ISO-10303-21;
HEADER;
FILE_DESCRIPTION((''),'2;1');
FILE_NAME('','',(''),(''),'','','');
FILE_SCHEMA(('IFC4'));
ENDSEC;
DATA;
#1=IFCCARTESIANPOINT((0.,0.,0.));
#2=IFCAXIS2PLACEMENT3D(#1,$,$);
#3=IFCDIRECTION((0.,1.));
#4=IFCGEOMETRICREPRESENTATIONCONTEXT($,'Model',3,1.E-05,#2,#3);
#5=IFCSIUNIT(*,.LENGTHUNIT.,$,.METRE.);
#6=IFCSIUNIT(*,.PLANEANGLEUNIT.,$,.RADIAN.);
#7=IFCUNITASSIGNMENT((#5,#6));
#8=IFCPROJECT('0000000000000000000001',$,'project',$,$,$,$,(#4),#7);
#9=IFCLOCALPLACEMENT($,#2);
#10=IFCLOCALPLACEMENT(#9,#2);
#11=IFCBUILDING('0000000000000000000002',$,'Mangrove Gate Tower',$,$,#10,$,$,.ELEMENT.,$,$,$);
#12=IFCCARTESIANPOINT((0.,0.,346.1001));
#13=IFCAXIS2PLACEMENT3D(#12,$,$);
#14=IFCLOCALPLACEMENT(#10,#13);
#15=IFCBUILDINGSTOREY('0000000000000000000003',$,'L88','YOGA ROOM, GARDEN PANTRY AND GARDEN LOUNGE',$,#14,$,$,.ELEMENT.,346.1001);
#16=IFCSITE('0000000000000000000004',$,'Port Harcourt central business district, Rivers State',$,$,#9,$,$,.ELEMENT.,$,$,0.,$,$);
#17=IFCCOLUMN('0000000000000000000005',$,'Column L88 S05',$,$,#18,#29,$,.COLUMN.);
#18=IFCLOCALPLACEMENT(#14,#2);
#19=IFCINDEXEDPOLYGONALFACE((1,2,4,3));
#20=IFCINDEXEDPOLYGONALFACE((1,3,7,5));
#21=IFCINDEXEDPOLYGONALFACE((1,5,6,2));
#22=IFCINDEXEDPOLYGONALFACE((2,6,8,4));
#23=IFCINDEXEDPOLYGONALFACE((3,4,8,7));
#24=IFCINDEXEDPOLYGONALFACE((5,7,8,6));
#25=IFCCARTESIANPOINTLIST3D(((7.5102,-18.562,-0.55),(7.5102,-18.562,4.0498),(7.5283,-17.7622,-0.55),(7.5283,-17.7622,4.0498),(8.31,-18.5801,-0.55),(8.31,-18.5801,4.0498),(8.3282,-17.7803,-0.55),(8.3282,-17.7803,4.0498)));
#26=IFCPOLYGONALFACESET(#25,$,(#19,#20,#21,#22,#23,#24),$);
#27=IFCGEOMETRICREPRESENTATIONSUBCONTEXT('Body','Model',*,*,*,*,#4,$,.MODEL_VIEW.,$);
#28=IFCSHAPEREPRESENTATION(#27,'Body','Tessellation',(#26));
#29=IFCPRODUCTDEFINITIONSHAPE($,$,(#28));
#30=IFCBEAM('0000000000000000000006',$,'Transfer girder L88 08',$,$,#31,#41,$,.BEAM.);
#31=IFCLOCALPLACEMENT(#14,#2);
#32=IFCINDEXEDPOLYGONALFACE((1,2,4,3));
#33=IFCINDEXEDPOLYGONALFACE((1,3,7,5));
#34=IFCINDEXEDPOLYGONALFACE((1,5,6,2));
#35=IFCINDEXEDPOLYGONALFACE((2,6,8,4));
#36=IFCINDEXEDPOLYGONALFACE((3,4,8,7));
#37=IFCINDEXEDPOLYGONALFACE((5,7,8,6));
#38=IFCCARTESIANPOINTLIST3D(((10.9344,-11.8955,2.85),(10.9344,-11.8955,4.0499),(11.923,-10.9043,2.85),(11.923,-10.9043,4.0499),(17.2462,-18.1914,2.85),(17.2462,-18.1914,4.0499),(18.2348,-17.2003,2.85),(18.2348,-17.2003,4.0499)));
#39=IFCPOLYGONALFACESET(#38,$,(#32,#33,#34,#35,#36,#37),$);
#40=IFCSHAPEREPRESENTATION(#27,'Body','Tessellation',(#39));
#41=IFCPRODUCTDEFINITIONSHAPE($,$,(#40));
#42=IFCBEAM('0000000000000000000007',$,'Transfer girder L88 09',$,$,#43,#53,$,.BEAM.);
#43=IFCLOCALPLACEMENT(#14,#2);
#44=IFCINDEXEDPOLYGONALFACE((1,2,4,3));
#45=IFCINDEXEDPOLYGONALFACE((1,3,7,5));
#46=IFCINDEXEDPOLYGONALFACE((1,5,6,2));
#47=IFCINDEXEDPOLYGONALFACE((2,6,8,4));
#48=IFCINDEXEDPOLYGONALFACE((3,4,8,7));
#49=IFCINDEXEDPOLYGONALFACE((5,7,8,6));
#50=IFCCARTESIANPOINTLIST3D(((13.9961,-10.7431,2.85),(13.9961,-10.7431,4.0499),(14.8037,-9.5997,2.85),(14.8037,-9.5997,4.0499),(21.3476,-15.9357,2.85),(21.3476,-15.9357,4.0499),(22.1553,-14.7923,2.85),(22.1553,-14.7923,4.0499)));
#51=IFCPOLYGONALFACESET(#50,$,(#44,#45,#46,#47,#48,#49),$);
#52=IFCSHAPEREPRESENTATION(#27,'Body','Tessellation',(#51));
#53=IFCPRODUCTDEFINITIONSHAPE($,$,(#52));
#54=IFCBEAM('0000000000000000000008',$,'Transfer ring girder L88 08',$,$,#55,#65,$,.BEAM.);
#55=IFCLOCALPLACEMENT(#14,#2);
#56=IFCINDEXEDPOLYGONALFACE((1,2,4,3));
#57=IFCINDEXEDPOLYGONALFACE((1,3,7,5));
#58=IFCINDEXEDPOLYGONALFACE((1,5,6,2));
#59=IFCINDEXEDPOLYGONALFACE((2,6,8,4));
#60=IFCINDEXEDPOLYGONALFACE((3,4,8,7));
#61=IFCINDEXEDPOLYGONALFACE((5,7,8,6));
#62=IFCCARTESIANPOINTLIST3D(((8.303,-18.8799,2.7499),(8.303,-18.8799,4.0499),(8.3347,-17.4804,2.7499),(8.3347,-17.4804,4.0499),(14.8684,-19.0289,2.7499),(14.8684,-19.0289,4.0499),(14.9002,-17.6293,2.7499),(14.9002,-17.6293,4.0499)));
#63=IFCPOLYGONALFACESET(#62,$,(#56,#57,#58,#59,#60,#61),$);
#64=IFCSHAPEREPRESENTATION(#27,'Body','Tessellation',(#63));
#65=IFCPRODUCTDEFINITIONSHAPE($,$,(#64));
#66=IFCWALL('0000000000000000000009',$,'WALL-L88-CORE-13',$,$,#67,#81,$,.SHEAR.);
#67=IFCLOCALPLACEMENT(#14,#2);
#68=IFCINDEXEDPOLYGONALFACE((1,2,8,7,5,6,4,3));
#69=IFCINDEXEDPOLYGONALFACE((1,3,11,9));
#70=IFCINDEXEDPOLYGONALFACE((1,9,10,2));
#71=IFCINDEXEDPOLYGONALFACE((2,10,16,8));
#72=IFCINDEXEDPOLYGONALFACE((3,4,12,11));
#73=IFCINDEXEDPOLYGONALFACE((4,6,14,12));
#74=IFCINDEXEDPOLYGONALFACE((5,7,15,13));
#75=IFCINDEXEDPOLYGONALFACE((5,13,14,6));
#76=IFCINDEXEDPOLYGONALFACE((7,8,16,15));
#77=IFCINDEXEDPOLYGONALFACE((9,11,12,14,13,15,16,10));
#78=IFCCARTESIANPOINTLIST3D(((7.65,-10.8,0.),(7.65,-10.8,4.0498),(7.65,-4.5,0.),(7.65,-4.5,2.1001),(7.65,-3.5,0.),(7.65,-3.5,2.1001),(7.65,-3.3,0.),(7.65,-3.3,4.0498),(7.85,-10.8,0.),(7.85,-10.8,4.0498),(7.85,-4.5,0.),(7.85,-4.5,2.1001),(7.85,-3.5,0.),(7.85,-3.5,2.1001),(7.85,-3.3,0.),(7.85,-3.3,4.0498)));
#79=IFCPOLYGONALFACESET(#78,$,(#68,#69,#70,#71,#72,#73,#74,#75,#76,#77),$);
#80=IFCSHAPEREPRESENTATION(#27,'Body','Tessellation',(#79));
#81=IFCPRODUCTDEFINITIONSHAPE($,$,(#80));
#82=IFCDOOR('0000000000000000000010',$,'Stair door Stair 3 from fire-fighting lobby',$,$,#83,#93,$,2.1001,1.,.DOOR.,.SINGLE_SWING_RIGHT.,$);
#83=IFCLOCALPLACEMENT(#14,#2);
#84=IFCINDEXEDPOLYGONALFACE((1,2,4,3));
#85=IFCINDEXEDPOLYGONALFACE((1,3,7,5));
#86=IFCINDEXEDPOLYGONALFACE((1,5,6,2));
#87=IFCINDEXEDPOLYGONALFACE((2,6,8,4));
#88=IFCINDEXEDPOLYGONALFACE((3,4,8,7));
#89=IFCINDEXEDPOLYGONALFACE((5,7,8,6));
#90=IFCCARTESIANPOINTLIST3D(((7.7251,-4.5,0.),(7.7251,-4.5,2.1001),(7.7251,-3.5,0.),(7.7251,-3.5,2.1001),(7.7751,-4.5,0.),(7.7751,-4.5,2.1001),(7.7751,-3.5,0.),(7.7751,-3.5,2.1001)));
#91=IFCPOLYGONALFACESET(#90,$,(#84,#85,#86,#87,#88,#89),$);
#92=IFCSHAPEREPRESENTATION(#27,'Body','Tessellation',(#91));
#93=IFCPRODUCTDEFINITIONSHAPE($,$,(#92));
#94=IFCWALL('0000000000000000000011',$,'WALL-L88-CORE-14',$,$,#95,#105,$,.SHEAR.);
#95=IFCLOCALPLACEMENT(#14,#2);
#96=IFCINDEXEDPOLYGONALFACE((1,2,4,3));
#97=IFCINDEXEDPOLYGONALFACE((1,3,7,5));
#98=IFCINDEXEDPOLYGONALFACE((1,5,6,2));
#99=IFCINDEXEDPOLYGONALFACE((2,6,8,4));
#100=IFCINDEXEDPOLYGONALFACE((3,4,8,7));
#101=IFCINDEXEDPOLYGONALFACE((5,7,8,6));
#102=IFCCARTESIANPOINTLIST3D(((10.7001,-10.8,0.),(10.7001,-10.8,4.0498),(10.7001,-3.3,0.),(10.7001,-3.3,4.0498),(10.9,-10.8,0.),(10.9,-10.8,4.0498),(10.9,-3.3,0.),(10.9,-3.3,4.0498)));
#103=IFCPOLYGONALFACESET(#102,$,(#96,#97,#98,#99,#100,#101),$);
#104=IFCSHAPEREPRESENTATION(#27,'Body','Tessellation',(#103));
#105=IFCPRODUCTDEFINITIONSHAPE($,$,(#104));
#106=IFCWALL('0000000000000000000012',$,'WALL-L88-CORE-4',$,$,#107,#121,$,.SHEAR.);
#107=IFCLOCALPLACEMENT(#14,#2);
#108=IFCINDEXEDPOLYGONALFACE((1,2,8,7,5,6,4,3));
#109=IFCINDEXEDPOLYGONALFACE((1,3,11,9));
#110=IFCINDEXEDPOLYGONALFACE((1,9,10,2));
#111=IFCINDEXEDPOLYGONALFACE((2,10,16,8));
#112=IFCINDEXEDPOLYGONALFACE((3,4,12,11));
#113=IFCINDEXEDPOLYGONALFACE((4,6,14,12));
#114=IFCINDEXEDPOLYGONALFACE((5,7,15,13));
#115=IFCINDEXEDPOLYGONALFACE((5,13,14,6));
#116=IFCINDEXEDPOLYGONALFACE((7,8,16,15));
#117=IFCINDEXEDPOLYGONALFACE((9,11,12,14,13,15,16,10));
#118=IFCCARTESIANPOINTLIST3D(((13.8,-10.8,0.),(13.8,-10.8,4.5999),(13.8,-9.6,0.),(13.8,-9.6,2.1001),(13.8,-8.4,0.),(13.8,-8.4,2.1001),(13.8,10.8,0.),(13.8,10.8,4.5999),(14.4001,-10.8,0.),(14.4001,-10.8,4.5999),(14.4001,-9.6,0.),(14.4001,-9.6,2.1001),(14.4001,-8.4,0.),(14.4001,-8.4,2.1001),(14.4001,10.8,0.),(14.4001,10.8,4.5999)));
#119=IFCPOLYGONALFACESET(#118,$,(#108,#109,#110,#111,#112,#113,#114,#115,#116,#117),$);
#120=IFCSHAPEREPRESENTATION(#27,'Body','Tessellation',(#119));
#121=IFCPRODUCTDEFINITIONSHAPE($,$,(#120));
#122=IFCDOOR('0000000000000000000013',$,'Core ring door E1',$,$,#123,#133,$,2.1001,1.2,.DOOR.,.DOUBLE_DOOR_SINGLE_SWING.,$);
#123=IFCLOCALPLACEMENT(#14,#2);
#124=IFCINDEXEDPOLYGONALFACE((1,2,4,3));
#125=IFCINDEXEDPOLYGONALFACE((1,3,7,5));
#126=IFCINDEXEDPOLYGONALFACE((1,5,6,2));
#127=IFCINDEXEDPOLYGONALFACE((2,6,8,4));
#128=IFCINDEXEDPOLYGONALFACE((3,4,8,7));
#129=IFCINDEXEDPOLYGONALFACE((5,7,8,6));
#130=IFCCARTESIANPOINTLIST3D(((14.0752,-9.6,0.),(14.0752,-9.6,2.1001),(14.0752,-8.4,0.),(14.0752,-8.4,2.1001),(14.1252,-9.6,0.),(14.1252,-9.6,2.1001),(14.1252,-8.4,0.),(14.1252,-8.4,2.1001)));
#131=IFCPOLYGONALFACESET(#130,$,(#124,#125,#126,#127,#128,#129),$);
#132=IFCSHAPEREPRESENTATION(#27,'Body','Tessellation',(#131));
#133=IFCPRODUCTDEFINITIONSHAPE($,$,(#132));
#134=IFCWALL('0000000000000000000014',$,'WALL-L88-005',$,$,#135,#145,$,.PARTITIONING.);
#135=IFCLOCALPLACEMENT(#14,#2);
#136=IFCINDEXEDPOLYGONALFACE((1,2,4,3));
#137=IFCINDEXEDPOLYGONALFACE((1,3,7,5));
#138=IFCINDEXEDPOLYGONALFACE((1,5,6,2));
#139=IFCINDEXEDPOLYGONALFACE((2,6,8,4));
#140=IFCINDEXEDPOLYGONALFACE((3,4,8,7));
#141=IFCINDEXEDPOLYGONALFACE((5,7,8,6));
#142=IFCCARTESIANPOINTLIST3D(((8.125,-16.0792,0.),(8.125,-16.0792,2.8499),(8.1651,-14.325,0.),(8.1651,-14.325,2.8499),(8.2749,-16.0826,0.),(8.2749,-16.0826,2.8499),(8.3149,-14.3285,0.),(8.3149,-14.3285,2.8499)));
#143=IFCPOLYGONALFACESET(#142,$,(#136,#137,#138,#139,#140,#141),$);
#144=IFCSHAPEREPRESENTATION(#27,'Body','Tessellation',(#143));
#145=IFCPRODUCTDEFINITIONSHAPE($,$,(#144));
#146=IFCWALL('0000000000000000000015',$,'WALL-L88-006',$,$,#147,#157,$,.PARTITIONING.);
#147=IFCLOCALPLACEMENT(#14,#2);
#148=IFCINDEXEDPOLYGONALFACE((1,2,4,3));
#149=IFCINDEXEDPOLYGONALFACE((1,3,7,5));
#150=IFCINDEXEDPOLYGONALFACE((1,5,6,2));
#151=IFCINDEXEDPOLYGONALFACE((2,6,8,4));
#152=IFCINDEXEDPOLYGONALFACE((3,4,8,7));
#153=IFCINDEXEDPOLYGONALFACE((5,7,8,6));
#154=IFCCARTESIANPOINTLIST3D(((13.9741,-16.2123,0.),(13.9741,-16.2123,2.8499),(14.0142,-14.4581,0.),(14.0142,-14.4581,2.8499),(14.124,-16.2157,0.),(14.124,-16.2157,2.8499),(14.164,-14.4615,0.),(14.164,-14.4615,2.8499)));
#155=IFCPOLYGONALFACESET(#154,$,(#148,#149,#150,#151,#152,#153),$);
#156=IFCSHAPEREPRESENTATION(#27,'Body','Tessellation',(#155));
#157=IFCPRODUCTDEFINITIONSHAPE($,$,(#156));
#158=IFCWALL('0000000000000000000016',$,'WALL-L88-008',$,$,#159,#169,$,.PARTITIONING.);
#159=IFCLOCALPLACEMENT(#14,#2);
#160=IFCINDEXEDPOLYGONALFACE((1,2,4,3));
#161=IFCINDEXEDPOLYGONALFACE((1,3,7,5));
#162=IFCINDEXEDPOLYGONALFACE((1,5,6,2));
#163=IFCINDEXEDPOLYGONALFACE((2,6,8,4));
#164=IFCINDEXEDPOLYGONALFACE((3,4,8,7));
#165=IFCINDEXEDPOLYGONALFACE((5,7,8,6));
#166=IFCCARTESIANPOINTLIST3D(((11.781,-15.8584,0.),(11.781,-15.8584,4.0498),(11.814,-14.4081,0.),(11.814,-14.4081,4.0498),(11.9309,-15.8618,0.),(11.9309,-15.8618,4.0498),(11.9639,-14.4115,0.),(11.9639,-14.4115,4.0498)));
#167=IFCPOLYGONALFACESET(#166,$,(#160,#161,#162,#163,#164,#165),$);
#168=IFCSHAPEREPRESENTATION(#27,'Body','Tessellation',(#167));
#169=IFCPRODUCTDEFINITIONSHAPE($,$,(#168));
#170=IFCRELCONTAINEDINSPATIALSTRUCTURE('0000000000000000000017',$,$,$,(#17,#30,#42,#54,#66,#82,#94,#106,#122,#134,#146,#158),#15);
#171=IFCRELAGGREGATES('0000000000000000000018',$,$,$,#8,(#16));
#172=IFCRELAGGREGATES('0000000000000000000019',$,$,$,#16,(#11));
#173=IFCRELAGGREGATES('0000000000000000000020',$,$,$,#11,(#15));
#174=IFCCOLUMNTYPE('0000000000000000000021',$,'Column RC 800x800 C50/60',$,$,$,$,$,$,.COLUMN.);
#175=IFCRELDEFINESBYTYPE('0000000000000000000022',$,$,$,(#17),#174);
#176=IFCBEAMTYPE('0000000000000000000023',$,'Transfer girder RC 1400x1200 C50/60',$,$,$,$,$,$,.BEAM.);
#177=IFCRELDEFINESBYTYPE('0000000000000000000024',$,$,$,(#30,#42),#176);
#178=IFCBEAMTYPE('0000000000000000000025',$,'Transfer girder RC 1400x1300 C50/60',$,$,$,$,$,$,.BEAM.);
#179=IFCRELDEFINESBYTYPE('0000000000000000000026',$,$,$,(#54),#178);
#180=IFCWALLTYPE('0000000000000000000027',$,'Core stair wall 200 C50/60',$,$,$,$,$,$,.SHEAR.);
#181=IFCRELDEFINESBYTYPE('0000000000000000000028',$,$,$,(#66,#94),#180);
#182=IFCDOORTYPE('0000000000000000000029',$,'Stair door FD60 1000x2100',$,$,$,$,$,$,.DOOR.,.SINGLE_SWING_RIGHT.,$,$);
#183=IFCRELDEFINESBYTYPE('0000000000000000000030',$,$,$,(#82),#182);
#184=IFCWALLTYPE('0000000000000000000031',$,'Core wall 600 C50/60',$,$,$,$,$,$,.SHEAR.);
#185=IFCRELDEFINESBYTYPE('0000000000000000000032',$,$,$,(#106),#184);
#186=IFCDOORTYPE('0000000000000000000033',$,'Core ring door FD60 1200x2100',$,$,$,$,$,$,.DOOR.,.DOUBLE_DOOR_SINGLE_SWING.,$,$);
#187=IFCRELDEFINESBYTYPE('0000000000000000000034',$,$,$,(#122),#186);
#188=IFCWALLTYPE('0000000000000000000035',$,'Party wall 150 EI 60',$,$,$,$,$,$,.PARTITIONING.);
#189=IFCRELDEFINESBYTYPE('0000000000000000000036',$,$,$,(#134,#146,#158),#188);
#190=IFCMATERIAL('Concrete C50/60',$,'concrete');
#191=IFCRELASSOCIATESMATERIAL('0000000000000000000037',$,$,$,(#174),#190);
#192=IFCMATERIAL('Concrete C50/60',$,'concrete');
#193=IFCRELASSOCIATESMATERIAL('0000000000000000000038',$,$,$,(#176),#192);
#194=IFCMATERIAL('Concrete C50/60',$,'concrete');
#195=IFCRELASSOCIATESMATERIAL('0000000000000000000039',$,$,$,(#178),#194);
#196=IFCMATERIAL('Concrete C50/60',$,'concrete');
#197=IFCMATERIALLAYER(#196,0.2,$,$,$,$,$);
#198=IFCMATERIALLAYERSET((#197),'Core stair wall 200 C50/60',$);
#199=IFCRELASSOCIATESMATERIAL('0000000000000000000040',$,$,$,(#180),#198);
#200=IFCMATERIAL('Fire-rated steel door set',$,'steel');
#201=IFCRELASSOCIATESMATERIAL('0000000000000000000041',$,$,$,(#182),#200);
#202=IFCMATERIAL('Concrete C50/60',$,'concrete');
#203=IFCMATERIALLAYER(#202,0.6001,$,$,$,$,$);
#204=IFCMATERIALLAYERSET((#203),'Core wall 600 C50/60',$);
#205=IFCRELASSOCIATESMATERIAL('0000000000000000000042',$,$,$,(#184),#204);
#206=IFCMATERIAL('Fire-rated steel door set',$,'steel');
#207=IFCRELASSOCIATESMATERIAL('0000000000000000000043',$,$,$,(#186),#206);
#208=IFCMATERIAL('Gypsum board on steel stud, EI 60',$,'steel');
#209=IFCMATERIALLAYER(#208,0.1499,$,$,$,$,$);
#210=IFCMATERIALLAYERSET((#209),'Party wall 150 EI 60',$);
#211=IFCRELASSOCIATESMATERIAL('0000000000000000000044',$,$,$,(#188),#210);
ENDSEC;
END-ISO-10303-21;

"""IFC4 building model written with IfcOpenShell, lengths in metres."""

from ifc_helpers import new_model, si_unit, direction, frame, frame_2d, origin, origin_2d, place, context, subcontext, project, spatial, rectangle, extrude, material, layer, layer_set, material_profile, profile_set, type_object, element, fill, save


model = new_model("IFC4")

# Units and contexts
model_context = context("Model", 3, precision=1e-05, world=origin(), true_north=direction((0.0, 1.0)))
body_context = subcontext(model_context, "Body", "Model", "MODEL_VIEW")
ifc_project = project(units=[si_unit("LENGTHUNIT", "METRE"), si_unit("PLANEANGLEUNIT", "RADIAN")], contexts=[model_context])

# Site, building, storey
site_placement = place(None, origin())
site = spatial("IfcSite", under=ifc_project, at=site_placement, Name="Port Harcourt central business district, Rivers State", CompositionType="ELEMENT", RefElevation=0.0)
building_placement = place(site_placement, origin())
building = spatial("IfcBuilding", under=site, at=building_placement, Name="Mangrove Gate Tower", CompositionType="ELEMENT")
storey_placement = place(building_placement, frame((0.0, 0.0, 346.1001)))
storey = spatial("IfcBuildingStorey", under=building, at=storey_placement, Name="L88", Description="YOGA ROOM, GARDEN PANTRY AND GARDEN LOUNGE", CompositionType="ELEMENT", Elevation=346.1001)

# Column
ifc_material_1 = material(Name="Concrete C50/60", Category="concrete")
ifc_material_profile_1 = material_profile(ifc_material_1, rectangle(XDim=0.8, YDim=0.8, at=origin_2d()))
ifc_profile_set_1 = profile_set([ifc_material_profile_1], Name="Concrete C50/60")
column_type = type_object("IfcColumnType", Name="Column RC 800x800 C50/60", PredefinedType="COLUMN", material=ifc_profile_set_1)
column_placement = place(storey_placement, frame((7.9192, -18.1711, -0.55), z_axis=(0.0, 0.0, 1.0), x_axis=(0.999743, -0.022671, 0.0)))
element("IfcColumn", 1, at=column_placement, inside=storey, type_object=column_type, Name="Column L88 S05", PredefinedType="COLUMN", context=body_context, shape_type="SweptSolid", body=[
    extrude(rectangle(XDim=0.8, YDim=0.8, at=origin_2d()), origin(), (0.0, 0.0, 1.0), 4.5999),
])

# Beams
ifc_material_2 = material(Name="Concrete C50/60", Category="concrete")
ifc_material_profile_2 = material_profile(ifc_material_2, rectangle(XDim=1.3999, YDim=1.2, at=origin_2d()))
ifc_profile_set_2 = profile_set([ifc_material_profile_2], Name="Concrete C50/60")
beam_type_1 = type_object("IfcBeamType", Name="Transfer girder RC 1400x1200 C50/60", PredefinedType="BEAM", material=ifc_profile_set_2)
beam_1_placement = place(storey_placement, frame((11.4287, -11.3999, 3.45), z_axis=(0.707996, -0.706216, 0.0), x_axis=(0.706216, 0.707996, 0.0)))
element("IfcBeam", 2, at=beam_1_placement, inside=storey, type_object=beam_type_1, Name="Transfer girder L88 08", PredefinedType="BEAM", context=body_context, shape_type="SweptSolid", body=[
    extrude(rectangle(XDim=1.3999, YDim=1.2, at=origin_2d()), origin(), (0.0, 0.0, 1.0), 8.915),
])
beam_2_placement = place(storey_placement, frame((14.3999, -10.1714, 3.45), z_axis=(0.816796, -0.576927, 0.0), x_axis=(0.576927, 0.816796, 0.0)))
element("IfcBeam", 3, at=beam_2_placement, inside=storey, type_object=beam_type_1, Name="Transfer girder L88 09", PredefinedType="BEAM", context=body_context, shape_type="SweptSolid", body=[
    extrude(rectangle(XDim=1.3999, YDim=1.2, at=origin_2d()), origin(), (0.0, 0.0, 1.0), 9.0005),
])
ifc_material_3 = material(Name="Concrete C50/60", Category="concrete")
ifc_material_profile_3 = material_profile(ifc_material_3, rectangle(XDim=1.3999, YDim=1.3, at=origin_2d()))
ifc_profile_set_3 = profile_set([ifc_material_profile_3], Name="Concrete C50/60")
beam_type_2 = type_object("IfcBeamType", Name="Transfer girder RC 1400x1300 C50/60", PredefinedType="BEAM", material=ifc_profile_set_3)
beam_3_placement = place(storey_placement, frame((8.3188, -18.1802, 3.3999), z_axis=(0.999743, -0.022677, 0.0), x_axis=(0.022677, 0.999743, 0.0)))
element("IfcBeam", 4, at=beam_3_placement, inside=storey, type_object=beam_type_2, Name="Transfer ring girder L88 08", PredefinedType="BEAM", context=body_context, shape_type="SweptSolid", body=[
    extrude(rectangle(XDim=1.3999, YDim=1.3, at=origin_2d()), origin(), (0.0, 0.0, 1.0), 6.5671),
])

# Wall, opening, door
ifc_material_4 = material(Name="Concrete C50/60", Category="concrete")
ifc_layer_1 = layer(ifc_material_4, 0.2)
ifc_layer_set_1 = layer_set([ifc_layer_1], Name="Core stair wall 200 C50/60")
wall_type_1 = type_object("IfcWallType", Name="Core stair wall 200 C50/60", PredefinedType="SHEAR", material=ifc_layer_set_1)
wall_1_placement = place(storey_placement, frame((7.75, -10.8, 0.0), z_axis=(0.0, 0.0, 1.0), x_axis=(0.0, 1.0, 0.0)))
wall_1 = element("IfcWall", 5, at=wall_1_placement, inside=storey, type_object=wall_type_1, Name="WALL-L88-CORE-13", PredefinedType="SHEAR", context=body_context, shape_type="SweptSolid", body=[
    extrude(rectangle(XDim=7.5, YDim=0.2, at=frame_2d((3.75, 0.0))), origin(), (0.0, 0.0, 1.0), 4.0498),
])
opening_1_placement = place(wall_1_placement, frame((6.3, 0.0, 0.0)))
opening_1 = element("IfcOpeningElement", 6, at=opening_1_placement, cuts=wall_1, PredefinedType="OPENING", context=body_context, shape_type="SweptSolid", body=[
    extrude(rectangle(XDim=1.0, YDim=2.1001, at=frame_2d((0.5, 1.05))), frame((0.0, 0.1099, 0.0), z_axis=(0.0, -1.0, 0.0), x_axis=(1.0, 0.0, 0.0)), (0.0, 0.0, 1.0), 0.22),
])
ifc_material_5 = material(Name="Fire-rated steel door set", Category="steel")
door_type_1 = type_object("IfcDoorType", Name="Stair door FD60 1000x2100", OperationType="SINGLE_SWING_RIGHT", PredefinedType="DOOR", material=ifc_material_5)
door_1_placement = place(opening_1_placement, origin())
door_1 = element("IfcDoor", 7, at=door_1_placement, inside=storey, type_object=door_type_1, Name="Stair door Stair 3 from fire-fighting lobby", OperationType="SINGLE_SWING_RIGHT", OverallHeight=2.1001, OverallWidth=1.0, PredefinedType="DOOR", context=body_context, shape_type="SweptSolid", body=[
    extrude(rectangle(XDim=1.0, YDim=2.1001, at=frame_2d((0.5, 1.05))), frame((0.0, 0.0249, 0.0), z_axis=(0.0, -1.0, 0.0), x_axis=(1.0, 0.0, 0.0)), (0.0, 0.0, 1.0), 0.05),
])
fill(opening_1, door_1)

# Wall
wall_2_placement = place(storey_placement, frame((10.8, -10.8, 0.0), z_axis=(0.0, 0.0, 1.0), x_axis=(0.0, 1.0, 0.0)))
element("IfcWall", 8, at=wall_2_placement, inside=storey, type_object=wall_type_1, Name="WALL-L88-CORE-14", PredefinedType="SHEAR", context=body_context, shape_type="SweptSolid", body=[
    extrude(rectangle(XDim=7.5, YDim=0.2, at=frame_2d((3.75, 0.0))), origin(), (0.0, 0.0, 1.0), 4.0498),
])

# Wall, opening, door
ifc_material_6 = material(Name="Concrete C50/60", Category="concrete")
ifc_layer_2 = layer(ifc_material_6, 0.6001)
ifc_layer_set_2 = layer_set([ifc_layer_2], Name="Core wall 600 C50/60")
wall_type_2 = type_object("IfcWallType", Name="Core wall 600 C50/60", PredefinedType="SHEAR", material=ifc_layer_set_2)
wall_3_placement = place(storey_placement, frame((14.1001, -10.8, 0.0), z_axis=(0.0, 0.0, 1.0), x_axis=(0.0, 1.0, 0.0)))
wall_3 = element("IfcWall", 9, at=wall_3_placement, inside=storey, type_object=wall_type_2, Name="WALL-L88-CORE-4", PredefinedType="SHEAR", context=body_context, shape_type="SweptSolid", body=[
    extrude(rectangle(XDim=21.6001, YDim=0.6001, at=frame_2d((10.8, 0.0))), origin(), (0.0, 0.0, 1.0), 4.5999),
])
opening_2_placement = place(wall_3_placement, frame((1.2, 0.0, 0.0)))
opening_2 = element("IfcOpeningElement", 10, at=opening_2_placement, cuts=wall_3, PredefinedType="OPENING", context=body_context, shape_type="SweptSolid", body=[
    extrude(rectangle(XDim=1.2, YDim=2.1001, at=frame_2d((0.6001, 1.05))), frame((0.0, 0.3101, 0.0), z_axis=(0.0, -1.0, 0.0), x_axis=(1.0, 0.0, 0.0)), (0.0, 0.0, 1.0), 0.6201),
])
ifc_material_7 = material(Name="Fire-rated steel door set", Category="steel")
door_type_2 = type_object("IfcDoorType", Name="Core ring door FD60 1200x2100", OperationType="DOUBLE_DOOR_SINGLE_SWING", PredefinedType="DOOR", material=ifc_material_7)
door_2_placement = place(opening_2_placement, origin())
door_2 = element("IfcDoor", 11, at=door_2_placement, inside=storey, type_object=door_type_2, Name="Core ring door E1", OperationType="DOUBLE_DOOR_SINGLE_SWING", OverallHeight=2.1001, OverallWidth=1.2, PredefinedType="DOOR", context=body_context, shape_type="SweptSolid", body=[
    extrude(rectangle(XDim=1.2, YDim=2.1001, at=frame_2d((0.6001, 1.05))), frame((0.0, 0.0249, 0.0), z_axis=(0.0, -1.0, 0.0), x_axis=(1.0, 0.0, 0.0)), (0.0, 0.0, 1.0), 0.05),
])
fill(opening_2, door_2)

# Walls
ifc_material_8 = material(Name="Gypsum board on steel stud, EI 60", Category="steel")
ifc_layer_3 = layer(ifc_material_8, 0.1499)
ifc_layer_set_3 = layer_set([ifc_layer_3], Name="Party wall 150 EI 60")
wall_type_3 = type_object("IfcWallType", Name="Party wall 150 EI 60", PredefinedType="PARTITIONING", material=ifc_layer_set_3)
for number, where, z_axis, x_axis, name in (
    (12, (8.2, -16.0811, 0.0), (0.0, 0.0, 1.0), (0.022819, 0.99974, 0.0), "WALL-L88-005"),
    (13, (14.0491, -16.2141, 0.0), (0.0, 0.0, 1.0), (0.022819, 0.99974, 0.0), "WALL-L88-006"),
):
    element("IfcWall", number, at=place(storey_placement, frame(where, z_axis=z_axis, x_axis=x_axis)), inside=storey, type_object=wall_type_3, Name=name, PredefinedType="PARTITIONING", context=body_context, shape_type="SweptSolid", body=[
        extrude(rectangle(XDim=1.7546, YDim=0.1499, at=frame_2d((0.8774, 0.0))), origin(), (0.0, 0.0, 1.0), 2.8499),
    ])
wall_4_placement = place(storey_placement, frame((11.856, -15.8601, 0.0), z_axis=(0.0, 0.0, 1.0), x_axis=(0.022721, 0.999742, 0.0)))
element("IfcWall", 14, at=wall_4_placement, inside=storey, type_object=wall_type_3, Name="WALL-L88-008", PredefinedType="PARTITIONING", context=body_context, shape_type="SweptSolid", body=[
    extrude(rectangle(XDim=1.4507, YDim=0.1499, at=frame_2d((0.7253, 0.0))), origin(), (0.0, 0.0, 1.0), 4.0498),
])

save(model, "model.ifc")
